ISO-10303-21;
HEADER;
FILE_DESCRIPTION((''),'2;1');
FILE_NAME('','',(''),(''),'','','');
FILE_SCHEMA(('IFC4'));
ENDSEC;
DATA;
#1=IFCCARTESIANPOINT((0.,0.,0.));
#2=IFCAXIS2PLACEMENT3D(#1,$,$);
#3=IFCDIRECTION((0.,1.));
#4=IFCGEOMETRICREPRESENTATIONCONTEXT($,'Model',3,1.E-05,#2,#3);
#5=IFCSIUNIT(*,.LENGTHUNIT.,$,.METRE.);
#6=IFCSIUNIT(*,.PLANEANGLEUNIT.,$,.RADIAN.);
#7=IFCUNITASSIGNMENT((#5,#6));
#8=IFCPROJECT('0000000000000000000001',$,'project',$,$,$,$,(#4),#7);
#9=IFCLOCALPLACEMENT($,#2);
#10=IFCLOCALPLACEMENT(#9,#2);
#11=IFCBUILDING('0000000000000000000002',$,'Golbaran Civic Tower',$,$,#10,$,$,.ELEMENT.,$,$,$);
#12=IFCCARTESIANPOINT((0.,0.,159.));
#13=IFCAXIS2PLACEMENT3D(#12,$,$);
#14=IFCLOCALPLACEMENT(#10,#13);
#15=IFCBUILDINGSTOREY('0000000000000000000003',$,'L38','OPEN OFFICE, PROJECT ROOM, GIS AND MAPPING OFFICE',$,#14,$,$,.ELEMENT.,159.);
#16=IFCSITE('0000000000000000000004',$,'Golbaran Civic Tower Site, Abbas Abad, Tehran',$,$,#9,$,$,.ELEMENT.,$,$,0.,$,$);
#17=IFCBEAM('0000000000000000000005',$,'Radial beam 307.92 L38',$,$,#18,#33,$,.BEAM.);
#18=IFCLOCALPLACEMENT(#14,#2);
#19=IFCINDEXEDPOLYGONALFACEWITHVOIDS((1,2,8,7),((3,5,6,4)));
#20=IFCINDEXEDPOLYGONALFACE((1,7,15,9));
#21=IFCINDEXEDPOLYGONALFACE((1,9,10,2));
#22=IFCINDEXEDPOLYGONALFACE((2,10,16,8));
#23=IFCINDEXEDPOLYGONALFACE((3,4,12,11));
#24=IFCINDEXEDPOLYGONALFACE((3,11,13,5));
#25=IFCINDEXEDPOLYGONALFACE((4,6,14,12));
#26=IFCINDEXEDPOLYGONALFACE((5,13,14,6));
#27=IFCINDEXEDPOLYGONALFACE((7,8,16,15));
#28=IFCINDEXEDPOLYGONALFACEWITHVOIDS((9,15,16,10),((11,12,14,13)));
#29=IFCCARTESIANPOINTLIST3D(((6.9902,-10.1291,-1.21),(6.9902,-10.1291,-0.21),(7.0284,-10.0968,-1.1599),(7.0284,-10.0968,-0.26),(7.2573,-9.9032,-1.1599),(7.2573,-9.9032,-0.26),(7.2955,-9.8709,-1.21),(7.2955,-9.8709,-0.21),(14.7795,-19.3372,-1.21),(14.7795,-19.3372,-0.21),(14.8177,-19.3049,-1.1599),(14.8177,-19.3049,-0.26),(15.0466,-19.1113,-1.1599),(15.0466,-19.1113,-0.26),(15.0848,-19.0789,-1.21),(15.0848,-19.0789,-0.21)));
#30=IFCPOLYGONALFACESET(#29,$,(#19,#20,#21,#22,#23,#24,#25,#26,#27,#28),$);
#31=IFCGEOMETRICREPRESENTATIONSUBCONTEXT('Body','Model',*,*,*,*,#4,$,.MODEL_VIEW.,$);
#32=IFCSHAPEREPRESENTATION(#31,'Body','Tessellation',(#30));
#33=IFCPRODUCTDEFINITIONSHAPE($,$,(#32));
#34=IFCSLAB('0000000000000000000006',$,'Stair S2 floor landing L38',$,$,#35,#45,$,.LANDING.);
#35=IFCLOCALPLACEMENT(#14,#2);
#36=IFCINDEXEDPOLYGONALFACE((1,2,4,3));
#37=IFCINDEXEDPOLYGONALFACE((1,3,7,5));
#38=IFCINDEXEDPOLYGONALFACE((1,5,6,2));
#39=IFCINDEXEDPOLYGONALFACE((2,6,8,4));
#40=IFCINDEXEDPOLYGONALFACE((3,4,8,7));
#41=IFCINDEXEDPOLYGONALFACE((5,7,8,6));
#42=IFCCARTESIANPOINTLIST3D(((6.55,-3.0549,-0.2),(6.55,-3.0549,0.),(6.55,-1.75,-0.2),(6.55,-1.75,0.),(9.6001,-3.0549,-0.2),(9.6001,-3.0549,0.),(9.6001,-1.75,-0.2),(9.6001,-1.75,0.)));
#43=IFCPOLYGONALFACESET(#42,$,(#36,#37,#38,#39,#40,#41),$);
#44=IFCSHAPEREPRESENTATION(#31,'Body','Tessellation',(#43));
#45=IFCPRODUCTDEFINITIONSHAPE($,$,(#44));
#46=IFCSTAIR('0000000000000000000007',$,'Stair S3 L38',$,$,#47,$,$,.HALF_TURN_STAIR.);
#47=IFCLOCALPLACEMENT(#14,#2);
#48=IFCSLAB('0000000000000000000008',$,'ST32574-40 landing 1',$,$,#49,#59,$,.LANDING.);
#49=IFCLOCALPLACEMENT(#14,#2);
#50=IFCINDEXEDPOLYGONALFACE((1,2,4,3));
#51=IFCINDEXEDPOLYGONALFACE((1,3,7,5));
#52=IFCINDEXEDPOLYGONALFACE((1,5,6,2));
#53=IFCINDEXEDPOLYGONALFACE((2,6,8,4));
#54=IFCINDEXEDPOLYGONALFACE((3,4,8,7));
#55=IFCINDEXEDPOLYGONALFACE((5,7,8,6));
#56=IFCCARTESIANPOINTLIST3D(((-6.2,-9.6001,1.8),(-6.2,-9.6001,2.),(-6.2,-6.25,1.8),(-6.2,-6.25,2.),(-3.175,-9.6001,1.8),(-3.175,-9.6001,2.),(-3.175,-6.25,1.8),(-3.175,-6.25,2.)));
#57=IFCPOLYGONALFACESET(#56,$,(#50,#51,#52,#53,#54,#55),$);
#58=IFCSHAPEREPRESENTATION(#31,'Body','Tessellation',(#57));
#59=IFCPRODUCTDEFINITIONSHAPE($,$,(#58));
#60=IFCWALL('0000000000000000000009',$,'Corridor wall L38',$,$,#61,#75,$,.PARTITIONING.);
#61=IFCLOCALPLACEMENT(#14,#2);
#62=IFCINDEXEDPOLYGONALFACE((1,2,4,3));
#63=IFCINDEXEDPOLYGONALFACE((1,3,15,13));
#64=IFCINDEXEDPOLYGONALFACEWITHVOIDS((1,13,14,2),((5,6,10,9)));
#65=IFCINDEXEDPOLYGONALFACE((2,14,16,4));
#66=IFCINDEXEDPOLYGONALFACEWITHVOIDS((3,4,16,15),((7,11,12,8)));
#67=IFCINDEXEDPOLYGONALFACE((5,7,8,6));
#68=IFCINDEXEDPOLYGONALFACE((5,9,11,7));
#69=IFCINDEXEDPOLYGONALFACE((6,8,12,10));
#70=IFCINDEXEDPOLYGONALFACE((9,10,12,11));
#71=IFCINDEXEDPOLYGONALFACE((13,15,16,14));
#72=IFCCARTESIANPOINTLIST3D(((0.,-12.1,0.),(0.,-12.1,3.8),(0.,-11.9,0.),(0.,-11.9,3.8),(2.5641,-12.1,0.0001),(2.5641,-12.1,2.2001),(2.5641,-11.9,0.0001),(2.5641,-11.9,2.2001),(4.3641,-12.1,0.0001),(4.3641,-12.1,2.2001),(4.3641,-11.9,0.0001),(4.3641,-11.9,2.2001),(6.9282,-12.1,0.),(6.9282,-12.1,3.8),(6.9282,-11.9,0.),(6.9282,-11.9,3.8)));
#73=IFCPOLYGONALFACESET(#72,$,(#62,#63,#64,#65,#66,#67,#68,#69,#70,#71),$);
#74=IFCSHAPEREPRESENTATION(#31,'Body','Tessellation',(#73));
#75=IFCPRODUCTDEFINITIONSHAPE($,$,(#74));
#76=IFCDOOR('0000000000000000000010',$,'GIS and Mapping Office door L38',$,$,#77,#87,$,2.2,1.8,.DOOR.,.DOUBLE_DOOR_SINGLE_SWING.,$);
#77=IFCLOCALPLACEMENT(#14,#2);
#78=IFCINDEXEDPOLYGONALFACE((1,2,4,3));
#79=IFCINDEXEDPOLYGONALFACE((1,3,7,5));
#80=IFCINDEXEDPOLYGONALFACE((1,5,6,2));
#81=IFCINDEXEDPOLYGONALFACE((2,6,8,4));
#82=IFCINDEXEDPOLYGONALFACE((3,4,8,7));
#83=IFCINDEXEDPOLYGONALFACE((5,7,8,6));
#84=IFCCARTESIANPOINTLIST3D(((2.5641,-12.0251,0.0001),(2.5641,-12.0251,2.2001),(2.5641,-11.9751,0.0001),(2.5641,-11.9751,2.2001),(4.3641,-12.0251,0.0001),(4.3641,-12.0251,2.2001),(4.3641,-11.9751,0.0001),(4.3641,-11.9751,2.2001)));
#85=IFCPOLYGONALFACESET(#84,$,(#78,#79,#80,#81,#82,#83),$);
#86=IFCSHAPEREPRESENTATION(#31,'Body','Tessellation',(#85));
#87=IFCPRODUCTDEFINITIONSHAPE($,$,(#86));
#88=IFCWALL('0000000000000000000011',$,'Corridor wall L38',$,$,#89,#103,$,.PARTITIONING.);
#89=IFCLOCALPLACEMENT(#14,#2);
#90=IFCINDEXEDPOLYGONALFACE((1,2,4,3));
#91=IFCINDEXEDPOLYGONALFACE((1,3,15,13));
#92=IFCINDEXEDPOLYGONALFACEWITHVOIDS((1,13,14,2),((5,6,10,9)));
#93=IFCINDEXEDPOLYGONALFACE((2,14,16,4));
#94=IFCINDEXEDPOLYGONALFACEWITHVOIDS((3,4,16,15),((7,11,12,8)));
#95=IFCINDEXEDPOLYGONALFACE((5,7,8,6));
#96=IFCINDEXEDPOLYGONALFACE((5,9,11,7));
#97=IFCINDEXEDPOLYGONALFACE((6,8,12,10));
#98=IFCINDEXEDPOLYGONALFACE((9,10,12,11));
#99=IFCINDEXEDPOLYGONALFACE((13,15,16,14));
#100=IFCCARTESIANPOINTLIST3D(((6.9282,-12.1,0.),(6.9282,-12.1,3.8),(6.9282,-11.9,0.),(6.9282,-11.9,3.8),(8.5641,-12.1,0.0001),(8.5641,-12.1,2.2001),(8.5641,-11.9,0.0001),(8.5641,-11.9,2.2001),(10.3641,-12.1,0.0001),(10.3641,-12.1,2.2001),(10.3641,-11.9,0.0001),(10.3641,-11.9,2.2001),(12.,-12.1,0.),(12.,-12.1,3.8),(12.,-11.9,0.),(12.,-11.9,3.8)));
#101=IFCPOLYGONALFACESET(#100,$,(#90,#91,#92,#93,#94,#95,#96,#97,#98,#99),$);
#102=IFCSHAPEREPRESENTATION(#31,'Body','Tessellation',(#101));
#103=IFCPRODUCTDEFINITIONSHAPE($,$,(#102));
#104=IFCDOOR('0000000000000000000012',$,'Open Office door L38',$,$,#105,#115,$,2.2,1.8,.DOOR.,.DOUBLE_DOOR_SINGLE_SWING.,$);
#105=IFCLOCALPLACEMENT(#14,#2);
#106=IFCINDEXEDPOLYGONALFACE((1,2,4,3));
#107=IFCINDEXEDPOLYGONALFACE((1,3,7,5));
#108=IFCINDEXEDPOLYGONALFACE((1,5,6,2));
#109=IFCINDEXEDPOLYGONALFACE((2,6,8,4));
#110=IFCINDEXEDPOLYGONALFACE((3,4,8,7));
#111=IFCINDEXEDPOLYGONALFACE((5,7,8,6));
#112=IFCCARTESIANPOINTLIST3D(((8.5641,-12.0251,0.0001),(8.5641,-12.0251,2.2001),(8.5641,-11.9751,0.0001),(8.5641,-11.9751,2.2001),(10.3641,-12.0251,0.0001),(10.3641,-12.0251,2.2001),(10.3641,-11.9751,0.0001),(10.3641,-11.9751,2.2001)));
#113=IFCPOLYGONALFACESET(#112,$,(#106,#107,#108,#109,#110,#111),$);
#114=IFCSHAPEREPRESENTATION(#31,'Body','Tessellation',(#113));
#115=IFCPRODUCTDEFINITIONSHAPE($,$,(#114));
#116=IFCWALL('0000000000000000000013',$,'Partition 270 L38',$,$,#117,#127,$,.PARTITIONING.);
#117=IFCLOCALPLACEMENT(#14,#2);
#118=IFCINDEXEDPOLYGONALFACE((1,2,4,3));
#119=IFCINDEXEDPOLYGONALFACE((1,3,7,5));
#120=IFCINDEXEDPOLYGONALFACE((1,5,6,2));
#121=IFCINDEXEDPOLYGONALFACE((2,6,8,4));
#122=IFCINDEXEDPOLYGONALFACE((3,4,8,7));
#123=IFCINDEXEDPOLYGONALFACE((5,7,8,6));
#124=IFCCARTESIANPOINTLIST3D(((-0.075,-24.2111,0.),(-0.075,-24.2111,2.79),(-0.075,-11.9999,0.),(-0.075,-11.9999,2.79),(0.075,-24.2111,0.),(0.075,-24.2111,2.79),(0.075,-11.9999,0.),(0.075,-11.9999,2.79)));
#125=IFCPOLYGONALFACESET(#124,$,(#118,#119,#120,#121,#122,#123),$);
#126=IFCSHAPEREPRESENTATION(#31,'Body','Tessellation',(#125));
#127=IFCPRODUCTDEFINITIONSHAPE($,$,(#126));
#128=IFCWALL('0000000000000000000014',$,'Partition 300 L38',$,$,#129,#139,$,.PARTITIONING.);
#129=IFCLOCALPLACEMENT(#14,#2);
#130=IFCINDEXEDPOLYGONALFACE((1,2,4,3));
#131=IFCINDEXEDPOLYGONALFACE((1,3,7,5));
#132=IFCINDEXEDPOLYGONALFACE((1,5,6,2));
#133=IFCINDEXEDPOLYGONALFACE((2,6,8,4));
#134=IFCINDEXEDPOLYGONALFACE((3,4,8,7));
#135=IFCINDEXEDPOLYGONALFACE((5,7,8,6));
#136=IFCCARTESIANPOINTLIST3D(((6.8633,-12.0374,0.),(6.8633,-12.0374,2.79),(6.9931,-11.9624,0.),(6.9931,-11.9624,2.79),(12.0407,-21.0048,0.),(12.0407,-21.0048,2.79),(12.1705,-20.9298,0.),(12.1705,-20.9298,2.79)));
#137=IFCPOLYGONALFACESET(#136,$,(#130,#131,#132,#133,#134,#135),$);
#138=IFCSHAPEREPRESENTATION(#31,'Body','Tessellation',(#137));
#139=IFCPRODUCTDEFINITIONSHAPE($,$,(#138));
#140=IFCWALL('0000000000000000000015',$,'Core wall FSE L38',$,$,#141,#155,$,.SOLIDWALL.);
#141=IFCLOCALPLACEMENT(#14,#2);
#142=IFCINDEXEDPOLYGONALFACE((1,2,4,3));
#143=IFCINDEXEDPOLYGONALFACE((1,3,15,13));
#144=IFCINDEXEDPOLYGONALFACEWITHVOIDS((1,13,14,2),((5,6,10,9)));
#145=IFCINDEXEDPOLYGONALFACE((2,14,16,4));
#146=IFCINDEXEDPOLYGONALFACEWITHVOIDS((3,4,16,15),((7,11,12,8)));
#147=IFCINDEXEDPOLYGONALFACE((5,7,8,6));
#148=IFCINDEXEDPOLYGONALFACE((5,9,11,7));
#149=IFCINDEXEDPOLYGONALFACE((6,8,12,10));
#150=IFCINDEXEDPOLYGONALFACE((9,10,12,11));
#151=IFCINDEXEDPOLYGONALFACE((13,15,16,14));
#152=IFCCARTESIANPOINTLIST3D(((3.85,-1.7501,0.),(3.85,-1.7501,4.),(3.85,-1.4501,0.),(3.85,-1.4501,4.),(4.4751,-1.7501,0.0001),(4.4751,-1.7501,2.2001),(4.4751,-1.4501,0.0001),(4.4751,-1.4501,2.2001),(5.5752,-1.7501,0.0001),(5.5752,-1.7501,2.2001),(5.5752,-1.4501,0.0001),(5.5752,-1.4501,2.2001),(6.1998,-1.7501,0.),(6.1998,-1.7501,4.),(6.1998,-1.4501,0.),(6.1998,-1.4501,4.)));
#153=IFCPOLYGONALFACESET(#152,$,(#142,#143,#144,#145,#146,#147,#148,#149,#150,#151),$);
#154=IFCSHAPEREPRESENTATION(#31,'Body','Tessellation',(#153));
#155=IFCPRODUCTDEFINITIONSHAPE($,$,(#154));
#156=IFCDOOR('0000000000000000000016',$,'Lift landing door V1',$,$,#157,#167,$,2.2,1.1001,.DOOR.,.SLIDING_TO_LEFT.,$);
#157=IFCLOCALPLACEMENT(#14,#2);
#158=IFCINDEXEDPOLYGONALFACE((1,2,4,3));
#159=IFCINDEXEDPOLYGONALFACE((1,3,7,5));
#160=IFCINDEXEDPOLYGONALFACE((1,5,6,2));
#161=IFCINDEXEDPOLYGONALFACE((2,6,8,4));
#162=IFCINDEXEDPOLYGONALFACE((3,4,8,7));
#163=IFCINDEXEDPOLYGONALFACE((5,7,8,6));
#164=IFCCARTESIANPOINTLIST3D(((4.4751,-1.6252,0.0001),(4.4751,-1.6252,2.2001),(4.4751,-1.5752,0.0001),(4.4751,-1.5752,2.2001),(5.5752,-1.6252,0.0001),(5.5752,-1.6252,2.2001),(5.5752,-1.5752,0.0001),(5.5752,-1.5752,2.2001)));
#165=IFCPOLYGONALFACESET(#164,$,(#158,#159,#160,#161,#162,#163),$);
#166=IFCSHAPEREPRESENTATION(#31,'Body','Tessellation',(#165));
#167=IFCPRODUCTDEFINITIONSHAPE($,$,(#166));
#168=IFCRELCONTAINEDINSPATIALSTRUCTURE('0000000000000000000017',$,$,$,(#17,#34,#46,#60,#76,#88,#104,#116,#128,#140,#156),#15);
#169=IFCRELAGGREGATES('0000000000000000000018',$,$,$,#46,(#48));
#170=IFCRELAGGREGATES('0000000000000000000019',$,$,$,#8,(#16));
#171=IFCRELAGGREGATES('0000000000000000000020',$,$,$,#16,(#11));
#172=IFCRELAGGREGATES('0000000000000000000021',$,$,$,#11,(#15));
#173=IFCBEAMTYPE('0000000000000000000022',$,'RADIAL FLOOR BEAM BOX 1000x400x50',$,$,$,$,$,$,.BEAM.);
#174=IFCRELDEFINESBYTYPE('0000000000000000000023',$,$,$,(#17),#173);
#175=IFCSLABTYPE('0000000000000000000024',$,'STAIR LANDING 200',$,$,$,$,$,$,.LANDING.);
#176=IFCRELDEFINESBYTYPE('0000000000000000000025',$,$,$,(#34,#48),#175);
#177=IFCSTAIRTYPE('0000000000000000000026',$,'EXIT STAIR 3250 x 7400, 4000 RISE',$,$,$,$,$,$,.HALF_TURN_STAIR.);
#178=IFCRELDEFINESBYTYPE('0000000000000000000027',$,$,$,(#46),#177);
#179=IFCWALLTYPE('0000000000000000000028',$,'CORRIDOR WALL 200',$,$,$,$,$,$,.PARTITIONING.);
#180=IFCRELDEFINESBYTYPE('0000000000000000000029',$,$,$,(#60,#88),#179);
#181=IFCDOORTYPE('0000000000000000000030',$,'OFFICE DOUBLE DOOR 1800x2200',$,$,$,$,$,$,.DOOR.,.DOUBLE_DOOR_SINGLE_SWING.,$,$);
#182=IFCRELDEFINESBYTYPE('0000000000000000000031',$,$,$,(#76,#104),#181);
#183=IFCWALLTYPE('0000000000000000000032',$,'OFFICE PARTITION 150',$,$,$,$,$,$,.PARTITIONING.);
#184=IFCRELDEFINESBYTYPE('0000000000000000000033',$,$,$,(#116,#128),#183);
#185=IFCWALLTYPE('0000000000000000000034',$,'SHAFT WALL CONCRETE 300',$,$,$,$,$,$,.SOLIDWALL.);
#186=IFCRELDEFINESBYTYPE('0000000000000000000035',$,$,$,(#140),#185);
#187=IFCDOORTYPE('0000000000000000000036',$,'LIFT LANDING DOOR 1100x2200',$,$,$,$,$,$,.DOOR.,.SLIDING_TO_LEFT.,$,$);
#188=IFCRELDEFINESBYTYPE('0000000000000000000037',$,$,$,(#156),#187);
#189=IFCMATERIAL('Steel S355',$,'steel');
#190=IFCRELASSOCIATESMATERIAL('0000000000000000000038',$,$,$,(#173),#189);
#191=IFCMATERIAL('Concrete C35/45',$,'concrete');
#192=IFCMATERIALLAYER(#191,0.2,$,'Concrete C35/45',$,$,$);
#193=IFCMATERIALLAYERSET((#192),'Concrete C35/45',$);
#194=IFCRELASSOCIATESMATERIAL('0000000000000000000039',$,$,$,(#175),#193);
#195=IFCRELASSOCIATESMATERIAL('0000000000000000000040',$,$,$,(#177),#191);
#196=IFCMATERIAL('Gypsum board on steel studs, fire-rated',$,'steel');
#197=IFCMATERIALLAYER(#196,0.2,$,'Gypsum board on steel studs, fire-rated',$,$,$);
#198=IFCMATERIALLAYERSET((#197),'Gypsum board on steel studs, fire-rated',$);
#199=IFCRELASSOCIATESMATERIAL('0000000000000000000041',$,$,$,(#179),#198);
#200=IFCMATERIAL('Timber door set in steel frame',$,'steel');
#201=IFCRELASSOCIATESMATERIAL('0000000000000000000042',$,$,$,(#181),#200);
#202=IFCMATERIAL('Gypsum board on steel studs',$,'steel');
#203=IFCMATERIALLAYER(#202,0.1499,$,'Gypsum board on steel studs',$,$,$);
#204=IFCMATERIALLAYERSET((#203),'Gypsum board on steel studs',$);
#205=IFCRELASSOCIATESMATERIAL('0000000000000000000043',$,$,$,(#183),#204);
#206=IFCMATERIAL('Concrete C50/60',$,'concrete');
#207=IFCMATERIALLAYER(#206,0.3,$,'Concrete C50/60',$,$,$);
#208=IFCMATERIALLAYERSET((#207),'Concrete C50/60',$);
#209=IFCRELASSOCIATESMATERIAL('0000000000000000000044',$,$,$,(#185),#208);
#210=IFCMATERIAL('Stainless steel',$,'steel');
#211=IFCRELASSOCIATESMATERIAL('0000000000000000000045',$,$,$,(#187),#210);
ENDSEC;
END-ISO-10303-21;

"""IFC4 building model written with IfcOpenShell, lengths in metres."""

from ifc_helpers import new_model, si_unit, direction, frame, frame_2d, origin, origin_2d, place, context, subcontext, project, spatial, polyline, rectangle, hollow_rectangle, outline, extrude, material, layer, layer_set, material_profile, profile_set, type_object, element, fill, aggregate, save


model = new_model("IFC4")

# Units and contexts
model_context = context("Model", 3, precision=1e-05, world=origin(), true_north=direction((0.0, 1.0)))
body_context = subcontext(model_context, "Body", "Model", "MODEL_VIEW")
ifc_project = project(units=[si_unit("LENGTHUNIT", "METRE"), si_unit("PLANEANGLEUNIT", "RADIAN")], contexts=[model_context])

# Site, building, storey
site_placement = place(None, origin())
site = spatial("IfcSite", under=ifc_project, at=site_placement, Name="Golbaran Civic Tower Site, Abbas Abad, Tehran", CompositionType="ELEMENT", RefElevation=0.0)
building_placement = place(site_placement, origin())
building = spatial("IfcBuilding", under=site, at=building_placement, Name="Golbaran Civic Tower", CompositionType="ELEMENT")
storey_placement = place(building_placement, frame((0.0, 0.0, 159.0)))
storey = spatial("IfcBuildingStorey", under=building, at=storey_placement, Name="L38", Description="OPEN OFFICE, PROJECT ROOM, GIS AND MAPPING OFFICE", CompositionType="ELEMENT", Elevation=159.0)

# Beam
ifc_material_1 = material(Name="Steel S355", Category="steel")
ifc_material_profile_1 = material_profile(ifc_material_1, hollow_rectangle(XDim=0.3999, YDim=1.0, WallThickness=0.05, at=origin_2d()), Name="BOX 1000x400x50")
ifc_profile_set_1 = profile_set([ifc_material_profile_1], Name="Steel S355")
beam_type_1 = type_object("IfcBeamType", Name="RADIAL FLOOR BEAM BOX 1000x400x50", PredefinedType="BEAM", material=ifc_profile_set_1)
beam_1_placement = place(storey_placement, frame((7.1428, -10.0, -0.71), z_axis=(0.645842, -0.763472, 0.0), x_axis=(0.763472, 0.645842, 0.0)))
element("IfcBeam", 1, at=beam_1_placement, inside=storey, type_object=beam_type_1, Name="Radial beam 307.92 L38", PredefinedType="BEAM", context=body_context, shape_type="SweptSolid", body=[
    extrude(hollow_rectangle(XDim=0.3999, YDim=1.0, WallThickness=0.05, at=origin_2d()), origin(), (0.0, 0.0, 1.0), 12.0608),
])

# Slab
ifc_material_2 = material(Name="Concrete C35/45", Category="concrete")
ifc_layer_1 = layer(ifc_material_2, 0.2, Name="Concrete C35/45")
ifc_layer_set_1 = layer_set([ifc_layer_1], Name="Concrete C35/45")
slab_type = type_object("IfcSlabType", Name="STAIR LANDING 200", PredefinedType="LANDING", material=ifc_layer_set_1)
slab_1_placement = place(storey_placement, frame((0.0, 0.0, -0.2)))
element("IfcSlab", 2, at=slab_1_placement, inside=storey, type_object=slab_type, Name="Stair S2 floor landing L38", PredefinedType="LANDING", context=body_context, shape_type="SweptSolid", body=[
    extrude(outline(polyline([(9.6001, -1.75), (9.6001, -3.0549), (6.55, -3.0549), (6.55, -1.75), (9.6001, -1.75)])), origin(), (0.0, 0.0, 1.0), 0.2),
])

# Stair, slab
stair_type_1 = type_object("IfcStairType", Name="EXIT STAIR 3250 x 7400, 4000 RISE", PredefinedType="HALF_TURN_STAIR", material=ifc_material_2)
stair_1_placement = place(storey_placement, origin())
stair_1 = element("IfcStair", 3, at=stair_1_placement, inside=storey, type_object=stair_type_1, Name="Stair S3 L38", PredefinedType="HALF_TURN_STAIR")
slab_2_placement = place(storey_placement, frame((0.0, 0.0, 1.8)))
slab_2 = element("IfcSlab", 4, at=slab_2_placement, type_object=slab_type, Name="ST32574-40 landing 1", PredefinedType="LANDING", context=body_context, shape_type="SweptSolid", body=[
    extrude(outline(polyline([(-3.175, -9.6001), (-6.2, -9.6001), (-6.2, -6.25), (-3.175, -6.25), (-3.175, -9.6001)])), origin(), (0.0, 0.0, 1.0), 0.2),
])
aggregate(stair_1, [slab_2])

# Walls, openings, doors
ifc_material_3 = material(Name="Gypsum board on steel studs, fire-rated", Category="steel")
ifc_layer_2 = layer(ifc_material_3, 0.2, Name="Gypsum board on steel studs, fire-rated")
ifc_layer_set_2 = layer_set([ifc_layer_2], Name="Gypsum board on steel studs, fire-rated")
wall_type_1 = type_object("IfcWallType", Name="CORRIDOR WALL 200", PredefinedType="PARTITIONING", material=ifc_layer_set_2)
wall_1_placement = place(storey_placement, frame((0.0, -12.0, 0.0), z_axis=(0.0, 0.0, 1.0), x_axis=(1.0, 0.0, 0.0)))
wall_1 = element("IfcWall", 5, at=wall_1_placement, inside=storey, type_object=wall_type_1, Name="Corridor wall L38", PredefinedType="PARTITIONING", context=body_context, shape_type="SweptSolid", body=[
    extrude(rectangle(XDim=6.9282, YDim=0.2, at=frame_2d((3.4641, 0.0))), origin(), (0.0, 0.0, 1.0), 3.8),
])
opening_1_placement = place(wall_1_placement, frame((2.5642, 0.0, 0.0)))
opening_1 = element("IfcOpeningElement", 6, at=opening_1_placement, cuts=wall_1, PredefinedType="OPENING", context=body_context, shape_type="SweptSolid", body=[
    extrude(rectangle(XDim=1.8, YDim=2.2, at=frame_2d((0.8999, 1.1001))), frame((0.0, 0.1099, 0.0), z_axis=(0.0, -1.0, 0.0), x_axis=(1.0, 0.0, 0.0)), (0.0, 0.0, 1.0), 0.22),
])
ifc_material_4 = material(Name="Timber door set in steel frame", Category="steel")
door_type_1 = type_object("IfcDoorType", Name="OFFICE DOUBLE DOOR 1800x2200", OperationType="DOUBLE_DOOR_SINGLE_SWING", PredefinedType="DOOR", material=ifc_material_4)
door_1_placement = place(opening_1_placement, origin())
door_1 = element("IfcDoor", 7, at=door_1_placement, inside=storey, type_object=door_type_1, Name="GIS and Mapping Office door L38", OperationType="DOUBLE_DOOR_SINGLE_SWING", OverallHeight=2.2, OverallWidth=1.8, PredefinedType="DOOR", context=body_context, shape_type="SweptSolid", body=[
    extrude(rectangle(XDim=1.8, YDim=2.2, at=frame_2d((0.8999, 1.1001))), frame((0.0, 0.0249, 0.0), z_axis=(0.0, -1.0, 0.0), x_axis=(1.0, 0.0, 0.0)), (0.0, 0.0, 1.0), 0.05),
])
fill(opening_1, door_1)
wall_2_placement = place(storey_placement, frame((6.9282, -12.0, 0.0), z_axis=(0.0, 0.0, 1.0), x_axis=(1.0, 0.0, 0.0)))
wall_2 = element("IfcWall", 8, at=wall_2_placement, inside=storey, type_object=wall_type_1, Name="Corridor wall L38", PredefinedType="PARTITIONING", context=body_context, shape_type="SweptSolid", body=[
    extrude(rectangle(XDim=5.0718, YDim=0.2, at=frame_2d((2.5359, 0.0))), origin(), (0.0, 0.0, 1.0), 3.8),
])
opening_2_placement = place(wall_2_placement, frame((1.636, 0.0, 0.0)))
opening_2 = element("IfcOpeningElement", 9, at=opening_2_placement, cuts=wall_2, PredefinedType="OPENING", context=body_context, shape_type="SweptSolid", body=[
    extrude(rectangle(XDim=1.8, YDim=2.2, at=frame_2d((0.8999, 1.1001))), frame((0.0, 0.1099, 0.0), z_axis=(0.0, -1.0, 0.0), x_axis=(1.0, 0.0, 0.0)), (0.0, 0.0, 1.0), 0.22),
])
door_2_placement = place(opening_2_placement, origin())
door_2 = element("IfcDoor", 10, at=door_2_placement, inside=storey, type_object=door_type_1, Name="Open Office door L38", OperationType="DOUBLE_DOOR_SINGLE_SWING", OverallHeight=2.2, OverallWidth=1.8, PredefinedType="DOOR", context=body_context, shape_type="SweptSolid", body=[
    extrude(rectangle(XDim=1.8, YDim=2.2, at=frame_2d((0.8999, 1.1001))), frame((0.0, 0.0249, 0.0), z_axis=(0.0, -1.0, 0.0), x_axis=(1.0, 0.0, 0.0)), (0.0, 0.0, 1.0), 0.05),
])
fill(opening_2, door_2)

# Walls
ifc_material_5 = material(Name="Gypsum board on steel studs", Category="steel")
ifc_layer_3 = layer(ifc_material_5, 0.1499, Name="Gypsum board on steel studs")
ifc_layer_set_3 = layer_set([ifc_layer_3], Name="Gypsum board on steel studs")
wall_type_2 = type_object("IfcWallType", Name="OFFICE PARTITION 150", PredefinedType="PARTITIONING", material=ifc_layer_set_3)
wall_3_placement = place(storey_placement, frame((0.0, -12.0, 0.0), z_axis=(0.0, 0.0, 1.0), x_axis=(0.0, -1.0, 0.0)))
element("IfcWall", 11, at=wall_3_placement, inside=storey, type_object=wall_type_2, Name="Partition 270 L38", PredefinedType="PARTITIONING", context=body_context, shape_type="SweptSolid", body=[
    extrude(rectangle(XDim=12.2112, YDim=0.1499, at=frame_2d((6.1055, 0.0))), origin(), (0.0, 0.0, 1.0), 2.79),
])
wall_4_placement = place(storey_placement, frame((6.9282, -12.0, 0.0), z_axis=(0.0, 0.0, 1.0), x_axis=(0.500006, -0.866022, 0.0)))
element("IfcWall", 12, at=wall_4_placement, inside=storey, type_object=wall_type_2, Name="Partition 300 L38", PredefinedType="PARTITIONING", context=body_context, shape_type="SweptSolid", body=[
    extrude(rectangle(XDim=10.3547, YDim=0.1499, at=frame_2d((5.1772, 0.0))), origin(), (0.0, 0.0, 1.0), 2.79),
])

# Wall, opening, door
ifc_material_6 = material(Name="Concrete C50/60", Category="concrete")
ifc_layer_4 = layer(ifc_material_6, 0.3, Name="Concrete C50/60")
ifc_layer_set_4 = layer_set([ifc_layer_4], Name="Concrete C50/60")
wall_type_3 = type_object("IfcWallType", Name="SHAFT WALL CONCRETE 300", PredefinedType="SOLIDWALL", material=ifc_layer_set_4)
wall_5_placement = place(storey_placement, frame((3.8501, -1.6001, 0.0), z_axis=(0.0, 0.0, 1.0), x_axis=(1.0, 0.0, 0.0)))
wall_5 = element("IfcWall", 13, at=wall_5_placement, inside=storey, type_object=wall_type_3, Name="Core wall FSE L38", PredefinedType="SOLIDWALL", context=body_context, shape_type="SweptSolid", body=[
    extrude(rectangle(XDim=2.3499, YDim=0.3, at=frame_2d((1.1748, 0.0))), origin(), (0.0, 0.0, 1.0), 4.0),
])
opening_3_placement = place(wall_5_placement, frame((0.625, 0.0, 0.0)))
opening_3 = element("IfcOpeningElement", 14, at=opening_3_placement, cuts=wall_5, PredefinedType="OPENING", context=body_context, shape_type="SweptSolid", body=[
    extrude(rectangle(XDim=1.1001, YDim=2.2, at=frame_2d((0.55, 1.1001))), frame((0.0, 0.1599, 0.0), z_axis=(0.0, -1.0, 0.0), x_axis=(1.0, 0.0, 0.0)), (0.0, 0.0, 1.0), 0.3201),
])
ifc_material_7 = material(Name="Stainless steel", Category="steel")
door_type_2 = type_object("IfcDoorType", Name="LIFT LANDING DOOR 1100x2200", OperationType="SLIDING_TO_LEFT", PredefinedType="DOOR", material=ifc_material_7)
door_3_placement = place(opening_3_placement, origin())
door_3 = element("IfcDoor", 15, at=door_3_placement, inside=storey, type_object=door_type_2, Name="Lift landing door V1", OperationType="SLIDING_TO_LEFT", OverallHeight=2.2, OverallWidth=1.1001, PredefinedType="DOOR", context=body_context, shape_type="SweptSolid", body=[
    extrude(rectangle(XDim=1.1001, YDim=2.2, at=frame_2d((0.55, 1.1001))), frame((0.0, 0.0249, 0.0), z_axis=(0.0, -1.0, 0.0), x_axis=(1.0, 0.0, 0.0)), (0.0, 0.0, 1.0), 0.05),
])
fill(opening_3, door_3)

save(model, "model.ifc")
